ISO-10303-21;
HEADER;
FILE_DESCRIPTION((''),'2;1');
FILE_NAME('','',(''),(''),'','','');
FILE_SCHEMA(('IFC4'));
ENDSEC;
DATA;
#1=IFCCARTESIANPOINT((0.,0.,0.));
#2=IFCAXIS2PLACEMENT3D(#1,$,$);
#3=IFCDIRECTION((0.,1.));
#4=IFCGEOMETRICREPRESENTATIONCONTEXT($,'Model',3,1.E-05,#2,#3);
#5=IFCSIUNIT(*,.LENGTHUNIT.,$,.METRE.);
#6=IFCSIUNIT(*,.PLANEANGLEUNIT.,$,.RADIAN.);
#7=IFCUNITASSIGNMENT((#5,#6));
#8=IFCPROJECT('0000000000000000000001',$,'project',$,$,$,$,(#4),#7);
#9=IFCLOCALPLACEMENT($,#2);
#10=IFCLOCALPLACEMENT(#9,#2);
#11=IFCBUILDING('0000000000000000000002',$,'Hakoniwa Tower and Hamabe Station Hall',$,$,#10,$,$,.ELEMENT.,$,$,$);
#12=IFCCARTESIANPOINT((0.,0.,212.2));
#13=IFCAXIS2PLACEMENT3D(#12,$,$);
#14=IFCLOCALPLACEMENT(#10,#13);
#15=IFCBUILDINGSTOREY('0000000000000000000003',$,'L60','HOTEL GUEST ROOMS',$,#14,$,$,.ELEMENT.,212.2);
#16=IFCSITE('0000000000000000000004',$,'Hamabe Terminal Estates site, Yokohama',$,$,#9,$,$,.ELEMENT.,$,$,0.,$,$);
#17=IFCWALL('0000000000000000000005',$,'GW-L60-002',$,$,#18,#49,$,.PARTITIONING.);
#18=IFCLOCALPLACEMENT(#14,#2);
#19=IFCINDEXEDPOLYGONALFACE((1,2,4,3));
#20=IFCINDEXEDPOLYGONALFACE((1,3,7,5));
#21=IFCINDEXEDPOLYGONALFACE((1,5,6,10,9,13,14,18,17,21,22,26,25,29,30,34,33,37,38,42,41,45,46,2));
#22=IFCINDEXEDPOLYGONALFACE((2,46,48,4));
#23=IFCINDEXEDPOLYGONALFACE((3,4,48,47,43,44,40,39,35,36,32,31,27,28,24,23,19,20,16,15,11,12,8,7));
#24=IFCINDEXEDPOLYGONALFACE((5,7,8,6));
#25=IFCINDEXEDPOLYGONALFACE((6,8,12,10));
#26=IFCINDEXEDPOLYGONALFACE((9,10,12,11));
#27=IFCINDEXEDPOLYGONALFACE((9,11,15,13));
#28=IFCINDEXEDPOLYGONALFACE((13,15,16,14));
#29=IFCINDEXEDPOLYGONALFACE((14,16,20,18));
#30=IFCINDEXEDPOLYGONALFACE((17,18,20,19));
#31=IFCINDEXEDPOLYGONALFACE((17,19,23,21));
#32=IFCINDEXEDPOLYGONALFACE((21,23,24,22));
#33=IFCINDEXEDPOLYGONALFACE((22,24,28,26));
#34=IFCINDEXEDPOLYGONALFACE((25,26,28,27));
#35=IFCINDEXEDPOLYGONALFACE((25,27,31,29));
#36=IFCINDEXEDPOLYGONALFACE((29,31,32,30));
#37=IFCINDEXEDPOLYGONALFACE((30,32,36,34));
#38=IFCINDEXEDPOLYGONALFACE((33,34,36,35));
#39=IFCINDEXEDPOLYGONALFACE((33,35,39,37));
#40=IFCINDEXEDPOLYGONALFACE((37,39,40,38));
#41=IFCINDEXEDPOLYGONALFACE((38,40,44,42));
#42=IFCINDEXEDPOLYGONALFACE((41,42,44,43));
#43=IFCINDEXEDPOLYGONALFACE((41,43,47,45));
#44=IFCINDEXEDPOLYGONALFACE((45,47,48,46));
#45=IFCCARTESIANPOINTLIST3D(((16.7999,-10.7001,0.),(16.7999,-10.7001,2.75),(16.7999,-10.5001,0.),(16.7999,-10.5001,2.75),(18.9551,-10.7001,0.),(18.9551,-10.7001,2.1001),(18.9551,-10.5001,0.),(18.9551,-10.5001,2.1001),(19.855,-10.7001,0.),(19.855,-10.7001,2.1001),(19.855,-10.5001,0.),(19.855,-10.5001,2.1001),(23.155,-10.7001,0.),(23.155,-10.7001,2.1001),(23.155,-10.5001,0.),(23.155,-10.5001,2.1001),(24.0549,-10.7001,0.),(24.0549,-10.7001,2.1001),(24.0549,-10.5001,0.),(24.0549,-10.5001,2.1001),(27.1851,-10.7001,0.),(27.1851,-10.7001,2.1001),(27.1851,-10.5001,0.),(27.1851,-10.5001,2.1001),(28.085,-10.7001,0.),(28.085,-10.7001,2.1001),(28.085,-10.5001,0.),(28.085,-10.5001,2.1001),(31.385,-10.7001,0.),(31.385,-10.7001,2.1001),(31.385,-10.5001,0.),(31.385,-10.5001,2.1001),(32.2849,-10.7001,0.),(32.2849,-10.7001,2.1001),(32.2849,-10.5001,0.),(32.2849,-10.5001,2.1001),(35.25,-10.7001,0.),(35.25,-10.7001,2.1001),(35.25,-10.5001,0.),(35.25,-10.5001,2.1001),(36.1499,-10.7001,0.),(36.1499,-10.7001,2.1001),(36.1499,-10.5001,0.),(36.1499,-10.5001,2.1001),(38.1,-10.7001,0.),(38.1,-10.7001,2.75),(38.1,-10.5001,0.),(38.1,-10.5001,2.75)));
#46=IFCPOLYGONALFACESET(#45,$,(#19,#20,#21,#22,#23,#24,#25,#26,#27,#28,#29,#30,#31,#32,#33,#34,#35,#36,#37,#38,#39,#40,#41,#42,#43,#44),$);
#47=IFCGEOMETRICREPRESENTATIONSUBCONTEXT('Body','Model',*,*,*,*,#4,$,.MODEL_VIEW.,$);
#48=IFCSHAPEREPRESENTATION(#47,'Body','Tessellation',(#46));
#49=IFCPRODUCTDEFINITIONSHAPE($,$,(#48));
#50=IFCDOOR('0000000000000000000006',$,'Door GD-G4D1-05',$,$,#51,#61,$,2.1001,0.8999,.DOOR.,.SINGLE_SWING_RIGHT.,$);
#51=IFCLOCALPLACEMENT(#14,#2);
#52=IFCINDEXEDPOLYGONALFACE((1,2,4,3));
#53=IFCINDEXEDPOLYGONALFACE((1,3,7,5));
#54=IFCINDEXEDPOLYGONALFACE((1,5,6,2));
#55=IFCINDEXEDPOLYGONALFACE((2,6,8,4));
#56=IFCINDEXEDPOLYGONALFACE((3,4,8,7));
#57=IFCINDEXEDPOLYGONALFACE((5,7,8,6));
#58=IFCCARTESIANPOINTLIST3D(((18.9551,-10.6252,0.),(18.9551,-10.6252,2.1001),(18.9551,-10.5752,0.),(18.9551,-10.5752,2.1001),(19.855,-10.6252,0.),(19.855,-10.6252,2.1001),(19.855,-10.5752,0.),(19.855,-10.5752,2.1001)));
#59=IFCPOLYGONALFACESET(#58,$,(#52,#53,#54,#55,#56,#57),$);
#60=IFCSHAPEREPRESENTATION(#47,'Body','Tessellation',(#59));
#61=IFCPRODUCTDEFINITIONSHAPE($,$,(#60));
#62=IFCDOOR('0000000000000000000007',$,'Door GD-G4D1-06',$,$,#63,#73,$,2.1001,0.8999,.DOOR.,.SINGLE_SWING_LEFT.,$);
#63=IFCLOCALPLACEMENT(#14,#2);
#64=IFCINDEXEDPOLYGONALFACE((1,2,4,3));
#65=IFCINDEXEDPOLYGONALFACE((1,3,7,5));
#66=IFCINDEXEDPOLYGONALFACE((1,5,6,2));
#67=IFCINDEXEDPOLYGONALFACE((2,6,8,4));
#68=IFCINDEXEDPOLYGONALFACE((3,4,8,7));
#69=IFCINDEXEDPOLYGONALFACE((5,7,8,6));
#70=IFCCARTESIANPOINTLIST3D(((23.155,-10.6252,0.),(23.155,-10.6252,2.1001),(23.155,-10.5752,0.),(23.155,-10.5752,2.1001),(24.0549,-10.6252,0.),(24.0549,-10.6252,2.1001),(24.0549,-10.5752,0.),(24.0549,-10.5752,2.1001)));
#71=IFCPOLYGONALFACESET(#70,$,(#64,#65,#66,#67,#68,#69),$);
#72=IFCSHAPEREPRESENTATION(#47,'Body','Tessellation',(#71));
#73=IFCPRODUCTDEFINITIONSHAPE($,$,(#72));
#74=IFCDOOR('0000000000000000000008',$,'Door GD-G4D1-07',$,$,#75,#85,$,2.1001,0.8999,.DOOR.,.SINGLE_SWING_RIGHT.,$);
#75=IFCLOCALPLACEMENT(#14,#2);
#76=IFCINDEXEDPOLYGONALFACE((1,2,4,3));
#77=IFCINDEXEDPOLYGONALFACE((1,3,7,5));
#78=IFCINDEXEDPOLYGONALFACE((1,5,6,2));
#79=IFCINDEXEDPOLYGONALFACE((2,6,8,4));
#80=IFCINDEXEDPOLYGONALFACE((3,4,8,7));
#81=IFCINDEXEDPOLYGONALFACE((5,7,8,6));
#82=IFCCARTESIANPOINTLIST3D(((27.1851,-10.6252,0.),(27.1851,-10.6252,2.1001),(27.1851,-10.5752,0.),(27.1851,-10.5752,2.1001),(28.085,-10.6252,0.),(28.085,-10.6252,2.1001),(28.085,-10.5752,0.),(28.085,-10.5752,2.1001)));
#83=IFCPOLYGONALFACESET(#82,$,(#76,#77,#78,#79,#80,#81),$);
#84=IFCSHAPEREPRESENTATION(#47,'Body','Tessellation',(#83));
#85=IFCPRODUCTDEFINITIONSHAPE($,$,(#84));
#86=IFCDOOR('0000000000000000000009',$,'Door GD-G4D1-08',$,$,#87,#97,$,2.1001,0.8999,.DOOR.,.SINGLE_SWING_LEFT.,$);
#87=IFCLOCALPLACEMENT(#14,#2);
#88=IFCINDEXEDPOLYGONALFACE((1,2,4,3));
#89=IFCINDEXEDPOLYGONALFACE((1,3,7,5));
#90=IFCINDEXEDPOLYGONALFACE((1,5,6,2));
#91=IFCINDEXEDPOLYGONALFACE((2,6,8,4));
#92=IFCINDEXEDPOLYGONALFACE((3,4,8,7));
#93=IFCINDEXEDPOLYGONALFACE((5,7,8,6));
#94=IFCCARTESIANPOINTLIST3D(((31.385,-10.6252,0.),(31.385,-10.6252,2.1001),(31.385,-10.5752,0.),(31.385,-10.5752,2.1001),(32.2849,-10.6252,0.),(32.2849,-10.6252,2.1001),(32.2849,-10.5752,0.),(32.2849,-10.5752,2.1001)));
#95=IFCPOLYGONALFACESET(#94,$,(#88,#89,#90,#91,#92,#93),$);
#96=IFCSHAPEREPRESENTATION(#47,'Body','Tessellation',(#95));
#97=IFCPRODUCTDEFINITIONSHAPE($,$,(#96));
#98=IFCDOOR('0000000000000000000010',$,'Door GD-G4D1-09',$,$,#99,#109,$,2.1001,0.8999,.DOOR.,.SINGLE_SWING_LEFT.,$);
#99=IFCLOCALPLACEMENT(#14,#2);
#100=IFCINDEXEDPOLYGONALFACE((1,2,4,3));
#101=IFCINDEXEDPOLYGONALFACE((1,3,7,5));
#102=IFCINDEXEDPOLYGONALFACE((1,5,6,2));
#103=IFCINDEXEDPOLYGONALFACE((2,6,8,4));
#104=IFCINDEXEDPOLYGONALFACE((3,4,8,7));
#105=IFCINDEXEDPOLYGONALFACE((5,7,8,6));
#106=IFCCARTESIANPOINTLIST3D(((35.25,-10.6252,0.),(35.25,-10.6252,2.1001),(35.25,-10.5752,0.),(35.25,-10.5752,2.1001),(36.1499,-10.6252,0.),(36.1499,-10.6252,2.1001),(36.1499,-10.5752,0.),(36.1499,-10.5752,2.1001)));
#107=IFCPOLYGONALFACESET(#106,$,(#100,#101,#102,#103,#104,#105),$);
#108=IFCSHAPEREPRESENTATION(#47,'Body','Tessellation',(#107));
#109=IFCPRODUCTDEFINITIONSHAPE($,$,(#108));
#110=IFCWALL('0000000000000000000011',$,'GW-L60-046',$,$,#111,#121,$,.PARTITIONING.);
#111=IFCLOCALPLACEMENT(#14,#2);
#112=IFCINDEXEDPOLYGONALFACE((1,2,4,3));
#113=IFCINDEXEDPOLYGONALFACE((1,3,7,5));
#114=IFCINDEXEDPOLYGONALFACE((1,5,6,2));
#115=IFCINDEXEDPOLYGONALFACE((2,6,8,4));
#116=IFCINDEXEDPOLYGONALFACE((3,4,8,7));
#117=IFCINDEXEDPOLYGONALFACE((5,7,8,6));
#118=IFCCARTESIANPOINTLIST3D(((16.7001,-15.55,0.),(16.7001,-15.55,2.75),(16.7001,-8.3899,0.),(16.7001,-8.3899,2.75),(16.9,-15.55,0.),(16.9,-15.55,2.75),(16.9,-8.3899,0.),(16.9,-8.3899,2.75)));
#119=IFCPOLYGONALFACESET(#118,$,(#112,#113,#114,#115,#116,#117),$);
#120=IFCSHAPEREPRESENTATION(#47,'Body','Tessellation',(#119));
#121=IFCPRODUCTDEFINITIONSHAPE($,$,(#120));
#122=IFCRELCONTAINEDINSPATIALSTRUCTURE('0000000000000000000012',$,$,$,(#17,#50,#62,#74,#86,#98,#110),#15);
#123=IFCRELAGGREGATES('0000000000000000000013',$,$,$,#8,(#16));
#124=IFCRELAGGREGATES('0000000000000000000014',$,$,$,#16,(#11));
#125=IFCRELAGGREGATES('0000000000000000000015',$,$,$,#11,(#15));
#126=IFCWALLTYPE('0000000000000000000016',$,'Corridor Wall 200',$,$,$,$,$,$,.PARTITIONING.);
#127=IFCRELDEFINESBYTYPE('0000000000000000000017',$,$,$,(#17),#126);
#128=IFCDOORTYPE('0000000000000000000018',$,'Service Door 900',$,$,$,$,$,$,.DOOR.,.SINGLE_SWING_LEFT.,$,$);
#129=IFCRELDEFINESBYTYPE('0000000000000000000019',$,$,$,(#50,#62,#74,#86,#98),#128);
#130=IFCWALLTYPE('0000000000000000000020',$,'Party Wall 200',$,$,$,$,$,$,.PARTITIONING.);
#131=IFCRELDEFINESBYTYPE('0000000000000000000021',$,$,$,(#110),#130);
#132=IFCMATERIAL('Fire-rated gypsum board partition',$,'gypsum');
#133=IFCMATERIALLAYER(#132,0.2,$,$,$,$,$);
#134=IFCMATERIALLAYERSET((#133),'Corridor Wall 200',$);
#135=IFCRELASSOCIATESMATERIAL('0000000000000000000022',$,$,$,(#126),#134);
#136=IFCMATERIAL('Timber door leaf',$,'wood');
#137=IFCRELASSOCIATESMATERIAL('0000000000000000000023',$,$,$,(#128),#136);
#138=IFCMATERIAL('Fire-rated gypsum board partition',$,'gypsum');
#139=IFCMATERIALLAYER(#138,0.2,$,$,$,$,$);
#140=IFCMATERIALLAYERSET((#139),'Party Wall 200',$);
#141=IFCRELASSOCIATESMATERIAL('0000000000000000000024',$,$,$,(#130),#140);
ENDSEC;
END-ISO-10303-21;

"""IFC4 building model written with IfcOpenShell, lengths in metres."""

from ifc_helpers import new_model, si_unit, direction, frame, frame_2d, origin, place, context, subcontext, project, spatial, rectangle, extrude, material, layer, layer_set, type_object, element, fill, save


model = new_model("IFC4")

# Units and contexts
model_context = context("Model", 3, precision=1e-05, world=origin(), true_north=direction((0.0, 1.0)))
body_context = subcontext(model_context, "Body", "Model", "MODEL_VIEW")
ifc_project = project(units=[si_unit("LENGTHUNIT", "METRE"), si_unit("PLANEANGLEUNIT", "RADIAN")], contexts=[model_context])

# Site, building, storey
site_placement = place(None, origin())
site = spatial("IfcSite", under=ifc_project, at=site_placement, Name="Hamabe Terminal Estates site, Yokohama", CompositionType="ELEMENT", RefElevation=0.0)
building_placement = place(site_placement, origin())
building = spatial("IfcBuilding", under=site, at=building_placement, Name="Hakoniwa Tower and Hamabe Station Hall", CompositionType="ELEMENT")
storey_placement = place(building_placement, frame((0.0, 0.0, 212.2)))
storey = spatial("IfcBuildingStorey", under=building, at=storey_placement, Name="L60", Description="HOTEL GUEST ROOMS", CompositionType="ELEMENT", Elevation=212.2)

# Wall, openings, doors
ifc_material_1 = material(Name="Fire-rated gypsum board partition", Category="gypsum")
ifc_layer_1 = layer(ifc_material_1, 0.2)
ifc_layer_set_1 = layer_set([ifc_layer_1], Name="Corridor Wall 200")
wall_type_1 = type_object("IfcWallType", Name="Corridor Wall 200", PredefinedType="PARTITIONING", material=ifc_layer_set_1)
wall_1_placement = place(storey_placement, frame((16.8, -10.6001, 0.0), z_axis=(0.0, 0.0, 1.0), x_axis=(1.0, 0.0, 0.0)))
wall_1 = element("IfcWall", 1, at=wall_1_placement, inside=storey, type_object=wall_type_1, Name="GW-L60-002", PredefinedType="PARTITIONING", context=body_context, shape_type="SweptSolid", body=[
    extrude(rectangle(XDim=21.3, YDim=0.2, at=frame_2d((10.6499, 0.0))), origin(), (0.0, 0.0, 1.0), 2.75),
])
opening_1_placement = place(wall_1_placement, frame((2.155, 0.0, 0.0)))
opening_1 = element("IfcOpeningElement", 2, at=opening_1_placement, cuts=wall_1, PredefinedType="OPENING", context=body_context, shape_type="SweptSolid", body=[
    extrude(rectangle(XDim=0.8999, YDim=2.1001, at=frame_2d((0.45, 1.05))), frame((0.0, 0.1099, 0.0), z_axis=(0.0, -1.0, 0.0), x_axis=(1.0, 0.0, 0.0)), (0.0, 0.0, 1.0), 0.22),
])
opening_2_placement = place(wall_1_placement, frame((6.355, 0.0, 0.0)))
opening_2 = element("IfcOpeningElement", 3, at=opening_2_placement, cuts=wall_1, PredefinedType="OPENING", context=body_context, shape_type="SweptSolid", body=[
    extrude(rectangle(XDim=0.8999, YDim=2.1001, at=frame_2d((0.45, 1.05))), frame((0.0, 0.1099, 0.0), z_axis=(0.0, -1.0, 0.0), x_axis=(1.0, 0.0, 0.0)), (0.0, 0.0, 1.0), 0.22),
])
opening_3_placement = place(wall_1_placement, frame((10.385, 0.0, 0.0)))
opening_3 = element("IfcOpeningElement", 4, at=opening_3_placement, cuts=wall_1, PredefinedType="OPENING", context=body_context, shape_type="SweptSolid", body=[
    extrude(rectangle(XDim=0.8999, YDim=2.1001, at=frame_2d((0.45, 1.05))), frame((0.0, 0.1099, 0.0), z_axis=(0.0, -1.0, 0.0), x_axis=(1.0, 0.0, 0.0)), (0.0, 0.0, 1.0), 0.22),
])
opening_4_placement = place(wall_1_placement, frame((14.585, 0.0, 0.0)))
opening_4 = element("IfcOpeningElement", 5, at=opening_4_placement, cuts=wall_1, PredefinedType="OPENING", context=body_context, shape_type="SweptSolid", body=[
    extrude(rectangle(XDim=0.8999, YDim=2.1001, at=frame_2d((0.45, 1.05))), frame((0.0, 0.1099, 0.0), z_axis=(0.0, -1.0, 0.0), x_axis=(1.0, 0.0, 0.0)), (0.0, 0.0, 1.0), 0.22),
])
opening_5_placement = place(wall_1_placement, frame((18.45, 0.0, 0.0)))
opening_5 = element("IfcOpeningElement", 6, at=opening_5_placement, cuts=wall_1, PredefinedType="OPENING", context=body_context, shape_type="SweptSolid", body=[
    extrude(rectangle(XDim=0.8999, YDim=2.1001, at=frame_2d((0.45, 1.05))), frame((0.0, 0.1099, 0.0), z_axis=(0.0, -1.0, 0.0), x_axis=(1.0, 0.0, 0.0)), (0.0, 0.0, 1.0), 0.22),
])
ifc_material_2 = material(Name="Timber door leaf", Category="wood")
door_type_1 = type_object("IfcDoorType", Name="Service Door 900", OperationType="SINGLE_SWING_LEFT", PredefinedType="DOOR", material=ifc_material_2)
door_1_placement = place(opening_1_placement, origin())
door_1 = element("IfcDoor", 7, at=door_1_placement, inside=storey, type_object=door_type_1, Name="Door GD-G4D1-05", OperationType="SINGLE_SWING_RIGHT", OverallHeight=2.1001, OverallWidth=0.8999, PredefinedType="DOOR", context=body_context, shape_type="SweptSolid", body=[
    extrude(rectangle(XDim=0.8999, YDim=2.1001, at=frame_2d((0.45, 1.05))), frame((0.0, 0.0249, 0.0), z_axis=(0.0, -1.0, 0.0), x_axis=(1.0, 0.0, 0.0)), (0.0, 0.0, 1.0), 0.05),
])
fill(opening_1, door_1)
door_2_placement = place(opening_2_placement, origin())
door_2 = element("IfcDoor", 8, at=door_2_placement, inside=storey, type_object=door_type_1, Name="Door GD-G4D1-06", OperationType="SINGLE_SWING_LEFT", OverallHeight=2.1001, OverallWidth=0.8999, PredefinedType="DOOR", context=body_context, shape_type="SweptSolid", body=[
    extrude(rectangle(XDim=0.8999, YDim=2.1001, at=frame_2d((0.45, 1.05))), frame((0.0, 0.0249, 0.0), z_axis=(0.0, -1.0, 0.0), x_axis=(1.0, 0.0, 0.0)), (0.0, 0.0, 1.0), 0.05),
])
fill(opening_2, door_2)
door_3_placement = place(opening_3_placement, origin())
door_3 = element("IfcDoor", 9, at=door_3_placement, inside=storey, type_object=door_type_1, Name="Door GD-G4D1-07", OperationType="SINGLE_SWING_RIGHT", OverallHeight=2.1001, OverallWidth=0.8999, PredefinedType="DOOR", context=body_context, shape_type="SweptSolid", body=[
    extrude(rectangle(XDim=0.8999, YDim=2.1001, at=frame_2d((0.45, 1.05))), frame((0.0, 0.0249, 0.0), z_axis=(0.0, -1.0, 0.0), x_axis=(1.0, 0.0, 0.0)), (0.0, 0.0, 1.0), 0.05),
])
fill(opening_3, door_3)
door_4_placement = place(opening_4_placement, origin())
door_4 = element("IfcDoor", 10, at=door_4_placement, inside=storey, type_object=door_type_1, Name="Door GD-G4D1-08", OperationType="SINGLE_SWING_LEFT", OverallHeight=2.1001, OverallWidth=0.8999, PredefinedType="DOOR", context=body_context, shape_type="SweptSolid", body=[
    extrude(rectangle(XDim=0.8999, YDim=2.1001, at=frame_2d((0.45, 1.05))), frame((0.0, 0.0249, 0.0), z_axis=(0.0, -1.0, 0.0), x_axis=(1.0, 0.0, 0.0)), (0.0, 0.0, 1.0), 0.05),
])
fill(opening_4, door_4)
door_5_placement = place(opening_5_placement, origin())
door_5 = element("IfcDoor", 11, at=door_5_placement, inside=storey, type_object=door_type_1, Name="Door GD-G4D1-09", OperationType="SINGLE_SWING_LEFT", OverallHeight=2.1001, OverallWidth=0.8999, PredefinedType="DOOR", context=body_context, shape_type="SweptSolid", body=[
    extrude(rectangle(XDim=0.8999, YDim=2.1001, at=frame_2d((0.45, 1.05))), frame((0.0, 0.0249, 0.0), z_axis=(0.0, -1.0, 0.0), x_axis=(1.0, 0.0, 0.0)), (0.0, 0.0, 1.0), 0.05),
])
fill(opening_5, door_5)

# Wall
ifc_material_3 = material(Name="Fire-rated gypsum board partition", Category="gypsum")
ifc_layer_2 = layer(ifc_material_3, 0.2)
ifc_layer_set_2 = layer_set([ifc_layer_2], Name="Party Wall 200")
wall_type_2 = type_object("IfcWallType", Name="Party Wall 200", PredefinedType="PARTITIONING", material=ifc_layer_set_2)
wall_2_placement = place(storey_placement, frame((16.8, -15.55, 0.0), z_axis=(0.0, 0.0, 1.0), x_axis=(0.0, 1.0, 0.0)))
element("IfcWall", 12, at=wall_2_placement, inside=storey, type_object=wall_type_2, Name="GW-L60-046", PredefinedType="PARTITIONING", context=body_context, shape_type="SweptSolid", body=[
    extrude(rectangle(XDim=7.1602, YDim=0.2, at=frame_2d((3.5801, 0.0))), origin(), (0.0, 0.0, 1.0), 2.75),
])

save(model, "model.ifc")
